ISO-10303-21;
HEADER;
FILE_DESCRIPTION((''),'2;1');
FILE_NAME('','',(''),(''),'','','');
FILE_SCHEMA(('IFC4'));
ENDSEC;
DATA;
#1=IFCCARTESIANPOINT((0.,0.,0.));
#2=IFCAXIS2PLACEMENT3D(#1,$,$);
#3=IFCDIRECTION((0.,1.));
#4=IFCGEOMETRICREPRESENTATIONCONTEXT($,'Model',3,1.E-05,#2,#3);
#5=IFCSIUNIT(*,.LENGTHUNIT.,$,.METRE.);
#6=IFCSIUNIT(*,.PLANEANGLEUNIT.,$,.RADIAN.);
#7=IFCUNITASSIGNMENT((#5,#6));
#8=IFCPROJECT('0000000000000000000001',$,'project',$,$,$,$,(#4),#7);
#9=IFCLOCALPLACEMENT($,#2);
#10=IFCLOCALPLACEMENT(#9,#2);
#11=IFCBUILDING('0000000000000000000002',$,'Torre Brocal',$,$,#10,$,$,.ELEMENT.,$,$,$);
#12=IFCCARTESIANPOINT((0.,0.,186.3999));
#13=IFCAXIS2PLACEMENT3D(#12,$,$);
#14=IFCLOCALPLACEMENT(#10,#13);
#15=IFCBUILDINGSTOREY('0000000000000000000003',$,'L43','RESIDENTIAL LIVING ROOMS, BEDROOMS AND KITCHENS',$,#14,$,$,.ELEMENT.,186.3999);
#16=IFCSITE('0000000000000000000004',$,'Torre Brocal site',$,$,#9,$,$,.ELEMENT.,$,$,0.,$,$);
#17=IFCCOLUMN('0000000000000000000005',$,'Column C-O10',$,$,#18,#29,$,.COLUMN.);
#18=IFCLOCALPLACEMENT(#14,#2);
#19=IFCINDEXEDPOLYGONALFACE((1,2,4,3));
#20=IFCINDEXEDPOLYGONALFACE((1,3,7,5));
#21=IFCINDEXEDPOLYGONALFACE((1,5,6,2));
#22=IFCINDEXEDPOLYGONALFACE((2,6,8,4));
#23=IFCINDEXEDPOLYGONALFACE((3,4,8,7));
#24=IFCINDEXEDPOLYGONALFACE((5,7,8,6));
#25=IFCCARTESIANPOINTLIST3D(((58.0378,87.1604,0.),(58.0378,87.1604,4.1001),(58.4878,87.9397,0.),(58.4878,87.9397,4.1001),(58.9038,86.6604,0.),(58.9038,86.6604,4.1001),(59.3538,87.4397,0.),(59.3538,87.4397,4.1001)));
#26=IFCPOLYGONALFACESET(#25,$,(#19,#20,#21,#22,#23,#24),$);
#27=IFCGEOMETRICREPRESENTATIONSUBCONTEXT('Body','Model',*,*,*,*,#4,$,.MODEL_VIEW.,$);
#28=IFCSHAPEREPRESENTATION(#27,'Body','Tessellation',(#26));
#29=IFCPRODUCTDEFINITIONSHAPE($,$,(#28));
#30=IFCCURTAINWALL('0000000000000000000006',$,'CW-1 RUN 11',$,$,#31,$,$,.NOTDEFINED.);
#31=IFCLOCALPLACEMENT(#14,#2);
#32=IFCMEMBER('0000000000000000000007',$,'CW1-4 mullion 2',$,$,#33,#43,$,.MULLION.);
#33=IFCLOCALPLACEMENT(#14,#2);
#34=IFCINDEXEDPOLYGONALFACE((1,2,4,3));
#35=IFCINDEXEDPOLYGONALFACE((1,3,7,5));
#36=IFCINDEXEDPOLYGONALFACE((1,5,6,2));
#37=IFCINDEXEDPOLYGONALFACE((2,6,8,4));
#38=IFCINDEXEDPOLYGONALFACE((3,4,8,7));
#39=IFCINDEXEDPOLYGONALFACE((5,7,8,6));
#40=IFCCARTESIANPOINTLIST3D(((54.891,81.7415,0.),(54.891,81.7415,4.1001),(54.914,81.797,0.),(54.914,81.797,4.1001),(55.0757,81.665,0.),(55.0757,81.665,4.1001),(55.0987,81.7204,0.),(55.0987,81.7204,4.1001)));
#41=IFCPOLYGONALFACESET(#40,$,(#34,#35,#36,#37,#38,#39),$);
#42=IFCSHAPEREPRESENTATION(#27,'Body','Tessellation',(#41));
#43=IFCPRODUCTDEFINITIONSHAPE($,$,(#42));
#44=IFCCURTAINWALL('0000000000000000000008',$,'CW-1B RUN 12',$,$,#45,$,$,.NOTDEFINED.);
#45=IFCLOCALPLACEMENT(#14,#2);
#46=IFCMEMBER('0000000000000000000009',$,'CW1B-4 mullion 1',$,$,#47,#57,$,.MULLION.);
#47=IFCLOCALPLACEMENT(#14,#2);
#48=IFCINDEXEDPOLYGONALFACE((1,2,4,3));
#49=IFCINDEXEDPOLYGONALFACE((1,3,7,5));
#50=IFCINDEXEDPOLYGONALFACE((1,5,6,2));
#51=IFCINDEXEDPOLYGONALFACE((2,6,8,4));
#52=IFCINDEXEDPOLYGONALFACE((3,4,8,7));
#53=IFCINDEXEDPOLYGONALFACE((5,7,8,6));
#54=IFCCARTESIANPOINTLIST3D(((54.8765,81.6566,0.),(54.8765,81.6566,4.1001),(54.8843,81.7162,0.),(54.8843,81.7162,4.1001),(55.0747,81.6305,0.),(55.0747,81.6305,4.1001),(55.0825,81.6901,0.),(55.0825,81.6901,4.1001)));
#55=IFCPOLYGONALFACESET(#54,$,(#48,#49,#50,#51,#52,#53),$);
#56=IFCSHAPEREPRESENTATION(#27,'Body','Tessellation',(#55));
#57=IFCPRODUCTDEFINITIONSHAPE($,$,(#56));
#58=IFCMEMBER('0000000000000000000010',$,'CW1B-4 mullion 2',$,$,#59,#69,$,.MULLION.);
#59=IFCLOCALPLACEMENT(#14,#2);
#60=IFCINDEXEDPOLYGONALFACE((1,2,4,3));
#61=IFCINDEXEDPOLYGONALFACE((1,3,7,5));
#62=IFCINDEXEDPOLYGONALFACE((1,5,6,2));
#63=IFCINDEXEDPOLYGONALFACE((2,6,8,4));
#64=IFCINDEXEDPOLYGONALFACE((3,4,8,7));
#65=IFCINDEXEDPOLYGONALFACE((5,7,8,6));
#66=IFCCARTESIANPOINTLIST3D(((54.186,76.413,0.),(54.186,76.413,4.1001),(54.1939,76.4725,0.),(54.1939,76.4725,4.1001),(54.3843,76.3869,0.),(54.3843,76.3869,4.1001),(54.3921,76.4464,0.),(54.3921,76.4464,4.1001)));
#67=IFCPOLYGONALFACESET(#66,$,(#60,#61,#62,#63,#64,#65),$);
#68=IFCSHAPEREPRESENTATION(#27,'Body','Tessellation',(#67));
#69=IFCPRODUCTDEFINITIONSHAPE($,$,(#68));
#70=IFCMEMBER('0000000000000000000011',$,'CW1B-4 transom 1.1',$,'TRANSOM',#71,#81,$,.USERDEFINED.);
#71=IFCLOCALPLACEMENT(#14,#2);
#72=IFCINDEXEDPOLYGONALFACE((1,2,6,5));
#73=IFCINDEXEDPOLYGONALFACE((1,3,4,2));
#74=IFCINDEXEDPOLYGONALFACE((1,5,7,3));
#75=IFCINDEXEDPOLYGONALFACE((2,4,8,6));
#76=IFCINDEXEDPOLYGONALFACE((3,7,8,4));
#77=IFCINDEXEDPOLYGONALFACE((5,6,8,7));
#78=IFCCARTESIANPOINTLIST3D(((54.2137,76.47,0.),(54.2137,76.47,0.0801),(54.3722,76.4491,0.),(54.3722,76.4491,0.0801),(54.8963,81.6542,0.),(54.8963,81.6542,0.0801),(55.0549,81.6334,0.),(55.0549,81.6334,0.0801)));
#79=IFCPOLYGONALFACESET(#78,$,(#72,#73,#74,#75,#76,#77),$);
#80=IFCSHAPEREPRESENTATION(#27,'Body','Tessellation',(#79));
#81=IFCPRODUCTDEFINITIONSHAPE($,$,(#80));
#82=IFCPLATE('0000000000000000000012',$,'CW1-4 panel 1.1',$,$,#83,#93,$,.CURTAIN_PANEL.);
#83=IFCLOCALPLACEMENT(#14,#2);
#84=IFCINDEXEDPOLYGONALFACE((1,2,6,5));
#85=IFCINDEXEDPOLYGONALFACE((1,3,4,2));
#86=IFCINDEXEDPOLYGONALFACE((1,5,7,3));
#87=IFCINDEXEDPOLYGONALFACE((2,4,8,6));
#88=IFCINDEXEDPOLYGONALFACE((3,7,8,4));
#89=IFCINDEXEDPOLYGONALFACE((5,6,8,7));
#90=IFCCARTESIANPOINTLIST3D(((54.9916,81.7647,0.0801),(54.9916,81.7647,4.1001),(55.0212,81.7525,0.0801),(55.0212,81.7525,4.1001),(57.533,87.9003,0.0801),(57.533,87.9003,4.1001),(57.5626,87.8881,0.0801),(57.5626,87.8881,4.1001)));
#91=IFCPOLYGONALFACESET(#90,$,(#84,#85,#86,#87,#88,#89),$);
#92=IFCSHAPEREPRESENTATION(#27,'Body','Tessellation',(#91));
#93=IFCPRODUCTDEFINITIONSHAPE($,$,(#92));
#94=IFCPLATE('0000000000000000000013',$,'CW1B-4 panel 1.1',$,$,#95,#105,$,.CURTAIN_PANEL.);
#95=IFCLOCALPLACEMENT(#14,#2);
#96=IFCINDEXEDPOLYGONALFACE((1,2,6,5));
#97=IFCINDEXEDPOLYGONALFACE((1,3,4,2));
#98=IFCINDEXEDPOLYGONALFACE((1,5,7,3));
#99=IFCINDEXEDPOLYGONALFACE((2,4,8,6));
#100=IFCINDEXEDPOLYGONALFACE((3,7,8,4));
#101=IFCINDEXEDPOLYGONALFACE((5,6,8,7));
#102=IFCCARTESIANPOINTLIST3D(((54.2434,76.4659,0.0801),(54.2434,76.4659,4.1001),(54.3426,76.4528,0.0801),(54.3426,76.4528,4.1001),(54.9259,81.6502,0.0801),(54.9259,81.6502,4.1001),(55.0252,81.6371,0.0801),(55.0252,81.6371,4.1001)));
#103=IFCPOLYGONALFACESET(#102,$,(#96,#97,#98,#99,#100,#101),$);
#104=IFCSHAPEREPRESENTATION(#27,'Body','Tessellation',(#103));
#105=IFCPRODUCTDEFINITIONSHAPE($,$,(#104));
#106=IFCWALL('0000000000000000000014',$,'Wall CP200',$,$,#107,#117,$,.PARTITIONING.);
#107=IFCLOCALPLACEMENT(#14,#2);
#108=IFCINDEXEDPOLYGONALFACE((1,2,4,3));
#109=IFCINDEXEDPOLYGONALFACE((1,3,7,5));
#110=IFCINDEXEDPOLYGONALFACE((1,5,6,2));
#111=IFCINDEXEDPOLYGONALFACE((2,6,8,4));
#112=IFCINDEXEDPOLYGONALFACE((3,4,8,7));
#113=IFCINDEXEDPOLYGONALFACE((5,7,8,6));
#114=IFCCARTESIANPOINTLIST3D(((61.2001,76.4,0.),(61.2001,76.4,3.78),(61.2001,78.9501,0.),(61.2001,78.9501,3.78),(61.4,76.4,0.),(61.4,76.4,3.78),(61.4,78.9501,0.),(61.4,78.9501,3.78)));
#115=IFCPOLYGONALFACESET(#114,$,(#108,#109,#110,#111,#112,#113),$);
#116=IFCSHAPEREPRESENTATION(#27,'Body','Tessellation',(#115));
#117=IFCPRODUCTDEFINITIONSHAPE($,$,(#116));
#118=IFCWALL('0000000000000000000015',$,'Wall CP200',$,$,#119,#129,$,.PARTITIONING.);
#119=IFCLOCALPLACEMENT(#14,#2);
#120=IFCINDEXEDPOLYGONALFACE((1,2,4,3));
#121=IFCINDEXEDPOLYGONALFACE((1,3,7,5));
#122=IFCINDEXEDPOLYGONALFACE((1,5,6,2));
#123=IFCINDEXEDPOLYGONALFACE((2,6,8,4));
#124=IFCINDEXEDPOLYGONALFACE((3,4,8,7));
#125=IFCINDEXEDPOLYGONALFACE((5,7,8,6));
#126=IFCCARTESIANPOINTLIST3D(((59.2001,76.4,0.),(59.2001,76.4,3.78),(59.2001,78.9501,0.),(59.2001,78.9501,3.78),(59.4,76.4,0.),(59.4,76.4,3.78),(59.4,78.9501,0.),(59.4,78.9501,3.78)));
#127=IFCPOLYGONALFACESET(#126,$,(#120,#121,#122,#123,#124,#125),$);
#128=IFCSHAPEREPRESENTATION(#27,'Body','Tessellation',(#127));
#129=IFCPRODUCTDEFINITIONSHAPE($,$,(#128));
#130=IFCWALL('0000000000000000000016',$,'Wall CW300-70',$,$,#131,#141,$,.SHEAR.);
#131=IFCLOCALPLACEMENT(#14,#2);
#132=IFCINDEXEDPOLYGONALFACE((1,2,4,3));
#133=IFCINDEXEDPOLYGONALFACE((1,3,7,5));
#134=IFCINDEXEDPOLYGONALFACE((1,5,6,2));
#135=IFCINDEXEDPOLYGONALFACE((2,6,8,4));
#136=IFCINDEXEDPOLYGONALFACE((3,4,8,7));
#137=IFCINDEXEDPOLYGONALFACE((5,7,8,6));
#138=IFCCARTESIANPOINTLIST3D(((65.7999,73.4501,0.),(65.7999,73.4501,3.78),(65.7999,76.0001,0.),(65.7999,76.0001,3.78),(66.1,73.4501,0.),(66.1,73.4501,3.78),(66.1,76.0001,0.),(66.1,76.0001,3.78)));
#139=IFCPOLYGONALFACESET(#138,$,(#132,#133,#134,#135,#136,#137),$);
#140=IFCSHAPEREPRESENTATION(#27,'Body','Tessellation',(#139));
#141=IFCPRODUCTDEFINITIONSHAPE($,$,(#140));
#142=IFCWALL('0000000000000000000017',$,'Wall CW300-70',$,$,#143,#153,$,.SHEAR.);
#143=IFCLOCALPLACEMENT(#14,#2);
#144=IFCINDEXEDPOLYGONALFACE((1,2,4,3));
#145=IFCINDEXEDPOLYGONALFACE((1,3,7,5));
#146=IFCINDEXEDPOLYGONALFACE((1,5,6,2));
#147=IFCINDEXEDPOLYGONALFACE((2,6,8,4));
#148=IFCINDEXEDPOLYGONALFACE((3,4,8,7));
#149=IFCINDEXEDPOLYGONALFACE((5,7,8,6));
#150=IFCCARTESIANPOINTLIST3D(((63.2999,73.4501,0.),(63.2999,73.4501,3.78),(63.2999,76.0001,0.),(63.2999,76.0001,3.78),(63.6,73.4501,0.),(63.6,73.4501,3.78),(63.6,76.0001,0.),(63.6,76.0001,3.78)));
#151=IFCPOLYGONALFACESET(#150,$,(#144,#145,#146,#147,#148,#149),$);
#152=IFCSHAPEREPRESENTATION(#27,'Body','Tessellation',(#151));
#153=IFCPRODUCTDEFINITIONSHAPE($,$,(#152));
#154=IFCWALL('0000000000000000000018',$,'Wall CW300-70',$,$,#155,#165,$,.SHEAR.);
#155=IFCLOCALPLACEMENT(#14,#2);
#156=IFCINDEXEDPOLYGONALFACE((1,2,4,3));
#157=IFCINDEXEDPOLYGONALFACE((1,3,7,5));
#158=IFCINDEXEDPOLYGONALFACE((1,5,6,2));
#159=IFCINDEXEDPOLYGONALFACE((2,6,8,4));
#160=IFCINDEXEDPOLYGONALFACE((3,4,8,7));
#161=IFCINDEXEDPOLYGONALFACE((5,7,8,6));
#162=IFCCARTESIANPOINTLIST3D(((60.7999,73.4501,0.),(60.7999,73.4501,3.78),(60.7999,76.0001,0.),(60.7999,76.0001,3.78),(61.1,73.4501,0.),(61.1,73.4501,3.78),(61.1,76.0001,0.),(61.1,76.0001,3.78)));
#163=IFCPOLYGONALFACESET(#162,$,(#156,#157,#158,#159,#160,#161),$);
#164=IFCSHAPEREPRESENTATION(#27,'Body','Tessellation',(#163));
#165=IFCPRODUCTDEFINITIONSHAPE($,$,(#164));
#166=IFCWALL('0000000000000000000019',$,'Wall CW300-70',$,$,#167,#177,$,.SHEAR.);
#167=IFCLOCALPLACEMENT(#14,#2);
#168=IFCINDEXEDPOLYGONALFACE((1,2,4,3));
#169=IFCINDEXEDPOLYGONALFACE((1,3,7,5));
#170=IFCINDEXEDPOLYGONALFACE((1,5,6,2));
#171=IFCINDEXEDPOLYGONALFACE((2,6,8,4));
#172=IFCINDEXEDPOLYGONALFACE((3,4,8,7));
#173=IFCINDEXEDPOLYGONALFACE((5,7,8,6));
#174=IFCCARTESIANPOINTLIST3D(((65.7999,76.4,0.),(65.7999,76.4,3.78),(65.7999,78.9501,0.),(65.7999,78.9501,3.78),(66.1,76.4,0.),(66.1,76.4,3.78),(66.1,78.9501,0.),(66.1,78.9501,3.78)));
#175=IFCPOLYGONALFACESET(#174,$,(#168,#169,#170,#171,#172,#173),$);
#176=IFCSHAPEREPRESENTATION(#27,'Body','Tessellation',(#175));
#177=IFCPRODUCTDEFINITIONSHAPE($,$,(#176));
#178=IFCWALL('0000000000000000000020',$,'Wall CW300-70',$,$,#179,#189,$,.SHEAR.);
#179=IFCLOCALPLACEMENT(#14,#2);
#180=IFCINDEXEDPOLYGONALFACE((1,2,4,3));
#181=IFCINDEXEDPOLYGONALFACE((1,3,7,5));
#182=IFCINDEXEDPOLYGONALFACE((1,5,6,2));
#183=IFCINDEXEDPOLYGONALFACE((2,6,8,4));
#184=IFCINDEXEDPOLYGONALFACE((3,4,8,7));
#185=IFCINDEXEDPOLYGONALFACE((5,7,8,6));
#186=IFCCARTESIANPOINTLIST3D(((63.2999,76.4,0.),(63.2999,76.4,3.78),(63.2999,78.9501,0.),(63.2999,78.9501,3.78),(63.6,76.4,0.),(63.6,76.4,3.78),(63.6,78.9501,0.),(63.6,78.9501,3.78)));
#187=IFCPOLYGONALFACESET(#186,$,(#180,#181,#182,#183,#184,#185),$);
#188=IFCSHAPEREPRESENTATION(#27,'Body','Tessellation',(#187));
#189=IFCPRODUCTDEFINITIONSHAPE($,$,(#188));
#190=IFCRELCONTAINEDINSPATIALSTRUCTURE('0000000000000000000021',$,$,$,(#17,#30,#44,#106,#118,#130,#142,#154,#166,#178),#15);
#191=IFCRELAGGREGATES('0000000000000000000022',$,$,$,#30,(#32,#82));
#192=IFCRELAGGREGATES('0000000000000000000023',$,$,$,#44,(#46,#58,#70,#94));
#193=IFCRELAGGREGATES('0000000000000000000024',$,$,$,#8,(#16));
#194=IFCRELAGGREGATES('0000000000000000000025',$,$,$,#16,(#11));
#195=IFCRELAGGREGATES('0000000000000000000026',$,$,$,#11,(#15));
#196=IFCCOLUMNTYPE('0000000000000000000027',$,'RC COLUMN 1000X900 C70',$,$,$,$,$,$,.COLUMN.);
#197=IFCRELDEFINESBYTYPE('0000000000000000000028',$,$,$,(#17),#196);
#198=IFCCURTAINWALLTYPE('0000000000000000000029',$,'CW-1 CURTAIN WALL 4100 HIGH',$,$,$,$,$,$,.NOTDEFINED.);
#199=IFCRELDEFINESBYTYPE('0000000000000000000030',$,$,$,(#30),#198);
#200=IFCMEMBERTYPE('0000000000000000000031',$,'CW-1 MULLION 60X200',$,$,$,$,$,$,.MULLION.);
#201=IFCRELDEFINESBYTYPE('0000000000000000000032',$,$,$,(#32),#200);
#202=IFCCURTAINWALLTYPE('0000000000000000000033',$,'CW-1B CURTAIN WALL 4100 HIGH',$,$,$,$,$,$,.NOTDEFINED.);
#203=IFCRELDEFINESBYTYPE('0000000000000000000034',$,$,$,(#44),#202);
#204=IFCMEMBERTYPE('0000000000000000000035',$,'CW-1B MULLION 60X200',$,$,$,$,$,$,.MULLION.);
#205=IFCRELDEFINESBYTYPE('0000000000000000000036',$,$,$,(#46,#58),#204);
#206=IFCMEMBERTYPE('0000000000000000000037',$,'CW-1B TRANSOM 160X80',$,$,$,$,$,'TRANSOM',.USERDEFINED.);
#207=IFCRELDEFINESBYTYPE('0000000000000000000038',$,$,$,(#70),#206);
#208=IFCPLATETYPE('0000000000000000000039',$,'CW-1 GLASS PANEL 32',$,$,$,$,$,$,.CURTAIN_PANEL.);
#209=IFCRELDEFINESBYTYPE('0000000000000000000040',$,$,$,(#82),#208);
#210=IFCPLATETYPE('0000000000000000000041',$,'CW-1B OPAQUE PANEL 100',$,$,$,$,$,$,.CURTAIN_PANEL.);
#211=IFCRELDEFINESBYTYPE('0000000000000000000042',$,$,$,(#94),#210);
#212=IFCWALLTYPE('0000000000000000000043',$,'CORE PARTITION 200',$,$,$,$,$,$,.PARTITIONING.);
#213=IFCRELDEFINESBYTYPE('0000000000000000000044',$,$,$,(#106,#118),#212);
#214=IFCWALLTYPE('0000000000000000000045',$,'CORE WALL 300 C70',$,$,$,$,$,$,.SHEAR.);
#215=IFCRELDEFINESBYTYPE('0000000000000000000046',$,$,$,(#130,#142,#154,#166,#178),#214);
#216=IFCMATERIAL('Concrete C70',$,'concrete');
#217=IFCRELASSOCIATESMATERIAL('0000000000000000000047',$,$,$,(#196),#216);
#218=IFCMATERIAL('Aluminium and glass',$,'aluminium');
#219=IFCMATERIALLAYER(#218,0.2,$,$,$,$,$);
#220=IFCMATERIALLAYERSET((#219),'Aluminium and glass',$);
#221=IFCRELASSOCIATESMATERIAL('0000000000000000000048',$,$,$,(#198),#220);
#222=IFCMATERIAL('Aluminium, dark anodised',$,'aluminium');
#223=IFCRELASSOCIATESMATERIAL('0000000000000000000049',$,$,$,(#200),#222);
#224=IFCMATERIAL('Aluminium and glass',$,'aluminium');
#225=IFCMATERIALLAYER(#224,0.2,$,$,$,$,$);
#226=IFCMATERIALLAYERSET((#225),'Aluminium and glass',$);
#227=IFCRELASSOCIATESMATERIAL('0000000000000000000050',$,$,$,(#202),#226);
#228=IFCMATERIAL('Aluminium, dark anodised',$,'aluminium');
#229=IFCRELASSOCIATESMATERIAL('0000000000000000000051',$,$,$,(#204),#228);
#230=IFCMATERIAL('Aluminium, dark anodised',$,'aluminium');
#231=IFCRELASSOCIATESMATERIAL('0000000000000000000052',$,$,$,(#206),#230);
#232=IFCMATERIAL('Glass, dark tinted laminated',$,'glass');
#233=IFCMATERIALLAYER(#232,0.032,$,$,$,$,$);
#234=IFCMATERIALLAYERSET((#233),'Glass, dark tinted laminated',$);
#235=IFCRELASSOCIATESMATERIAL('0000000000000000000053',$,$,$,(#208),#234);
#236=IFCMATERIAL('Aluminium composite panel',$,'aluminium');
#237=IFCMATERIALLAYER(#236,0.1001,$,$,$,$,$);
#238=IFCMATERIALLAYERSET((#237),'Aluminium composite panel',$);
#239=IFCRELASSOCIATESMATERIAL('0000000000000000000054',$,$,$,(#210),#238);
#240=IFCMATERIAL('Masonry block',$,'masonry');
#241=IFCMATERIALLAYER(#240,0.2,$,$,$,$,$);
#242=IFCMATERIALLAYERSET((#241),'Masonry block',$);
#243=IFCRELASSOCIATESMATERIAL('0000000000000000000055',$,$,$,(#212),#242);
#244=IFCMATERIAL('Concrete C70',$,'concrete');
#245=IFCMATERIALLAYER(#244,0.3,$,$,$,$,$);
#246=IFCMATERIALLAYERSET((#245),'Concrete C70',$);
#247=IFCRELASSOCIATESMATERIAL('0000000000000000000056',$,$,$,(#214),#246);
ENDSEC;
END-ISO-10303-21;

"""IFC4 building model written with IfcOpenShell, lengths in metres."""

from ifc_helpers import new_model, si_unit, direction, frame, frame_2d, origin, origin_2d, place, context, subcontext, project, spatial, rectangle, extrude, material, layer, layer_set, material_profile, profile_set, type_object, element, aggregate, save


model = new_model("IFC4")

# Units and contexts
model_context = context("Model", 3, precision=1e-05, world=origin(), true_north=direction((0.0, 1.0)))
body_context = subcontext(model_context, "Body", "Model", "MODEL_VIEW")
ifc_project = project(units=[si_unit("LENGTHUNIT", "METRE"), si_unit("PLANEANGLEUNIT", "RADIAN")], contexts=[model_context])

# Site, building, storey
site_placement = place(None, origin())
site = spatial("IfcSite", under=ifc_project, at=site_placement, Name="Torre Brocal site", CompositionType="ELEMENT", RefElevation=0.0)
building_placement = place(site_placement, origin())
building = spatial("IfcBuilding", under=site, at=building_placement, Name="Torre Brocal", CompositionType="ELEMENT")
storey_placement = place(building_placement, frame((0.0, 0.0, 186.3999)))
storey = spatial("IfcBuildingStorey", under=building, at=storey_placement, Name="L43", Description="RESIDENTIAL LIVING ROOMS, BEDROOMS AND KITCHENS", CompositionType="ELEMENT", Elevation=186.3999)

# Column
ifc_material_1 = material(Name="Concrete C70", Category="concrete")
ifc_material_profile_1 = material_profile(ifc_material_1, rectangle(XDim=1.0, YDim=0.8999, at=origin_2d()), Name="RC 1000X900")
ifc_profile_set_1 = profile_set([ifc_material_profile_1], Name="Concrete C70")
column_type = type_object("IfcColumnType", Name="RC COLUMN 1000X900 C70", PredefinedType="COLUMN", material=ifc_profile_set_1)
column_placement = place(storey_placement, frame((58.6958, 87.3, 0.0), z_axis=(0.0, 0.0, 1.0), x_axis=(-0.866025, 0.5, 0.0)))
element("IfcColumn", 1, at=column_placement, inside=storey, type_object=column_type, Name="Column C-O10", PredefinedType="COLUMN", context=body_context, shape_type="SweptSolid", body=[
    extrude(rectangle(XDim=1.0, YDim=0.8999, at=origin_2d()), origin(), (0.0, 0.0, 1.0), 4.1001),
])

# Curtain wall, member
ifc_material_2 = material(Name="Aluminium and glass", Category="aluminium")
ifc_layer_1 = layer(ifc_material_2, 0.2)
ifc_layer_set_1 = layer_set([ifc_layer_1], Name="Aluminium and glass")
curtain_wall_type_1 = type_object("IfcCurtainWallType", Name="CW-1 CURTAIN WALL 4100 HIGH", PredefinedType="NOTDEFINED", material=ifc_layer_set_1)
curtain_wall_1_placement = place(storey_placement, origin())
curtain_wall_1 = element("IfcCurtainWall", 2, at=curtain_wall_1_placement, inside=storey, type_object=curtain_wall_type_1, Name="CW-1 RUN 11", PredefinedType="NOTDEFINED")
ifc_material_3 = material(Name="Aluminium, dark anodised", Category="aluminium")
ifc_material_profile_2 = material_profile(ifc_material_3, rectangle(XDim=0.2, YDim=0.0601, at=origin_2d()), Name="CW-1 MULLION 60X200")
ifc_profile_set_2 = profile_set([ifc_material_profile_2], Name="Aluminium, dark anodised")
member_type_1 = type_object("IfcMemberType", Name="CW-1 MULLION 60X200", PredefinedType="MULLION", material=ifc_profile_set_2)
member_1_placement = place(storey_placement, frame((54.9949, 81.731, 0.0), z_axis=(0.0, 0.0, 1.0), x_axis=(0.92388, -0.382683, 0.0)))
member_1 = element("IfcMember", 3, at=member_1_placement, type_object=member_type_1, Name="CW1-4 mullion 2", PredefinedType="MULLION", context=body_context, shape_type="SweptSolid", body=[
    extrude(rectangle(XDim=0.2, YDim=0.0601, at=origin_2d()), origin(), (0.0, 0.0, 1.0), 4.1001),
])

# Curtain wall, members
ifc_material_4 = material(Name="Aluminium and glass", Category="aluminium")
ifc_layer_2 = layer(ifc_material_4, 0.2)
ifc_layer_set_2 = layer_set([ifc_layer_2], Name="Aluminium and glass")
curtain_wall_type_2 = type_object("IfcCurtainWallType", Name="CW-1B CURTAIN WALL 4100 HIGH", PredefinedType="NOTDEFINED", material=ifc_layer_set_2)
curtain_wall_2_placement = place(storey_placement, origin())
curtain_wall_2 = element("IfcCurtainWall", 4, at=curtain_wall_2_placement, inside=storey, type_object=curtain_wall_type_2, Name="CW-1B RUN 12", PredefinedType="NOTDEFINED")
ifc_material_5 = material(Name="Aluminium, dark anodised", Category="aluminium")
ifc_material_profile_3 = material_profile(ifc_material_5, rectangle(XDim=0.2, YDim=0.0601, at=origin_2d()), Name="CW-1B MULLION 60X200")
ifc_profile_set_3 = profile_set([ifc_material_profile_3], Name="Aluminium, dark anodised")
member_type_2 = type_object("IfcMemberType", Name="CW-1B MULLION 60X200", PredefinedType="MULLION", material=ifc_profile_set_3)
member_2_placement = place(storey_placement, frame((54.9795, 81.6733, 0.0), z_axis=(0.0, 0.0, 1.0), x_axis=(0.991445, -0.130526, 0.0)))
member_2 = element("IfcMember", 5, at=member_2_placement, type_object=member_type_2, Name="CW1B-4 mullion 1", PredefinedType="MULLION", context=body_context, shape_type="SweptSolid", body=[
    extrude(rectangle(XDim=0.2, YDim=0.0601, at=origin_2d()), origin(), (0.0, 0.0, 1.0), 4.1001),
])
member_3_placement = place(storey_placement, frame((54.2891, 76.4297, 0.0), z_axis=(0.0, 0.0, 1.0), x_axis=(0.991445, -0.130526, 0.0)))
member_3 = element("IfcMember", 6, at=member_3_placement, type_object=member_type_2, Name="CW1B-4 mullion 2", PredefinedType="MULLION", context=body_context, shape_type="SweptSolid", body=[
    extrude(rectangle(XDim=0.2, YDim=0.0601, at=origin_2d()), origin(), (0.0, 0.0, 1.0), 4.1001),
])
ifc_material_6 = material(Name="Aluminium, dark anodised", Category="aluminium")
ifc_material_profile_4 = material_profile(ifc_material_6, rectangle(XDim=0.1599, YDim=0.0801, at=origin_2d()), Name="CW-1B TRANSOM 160X80")
ifc_profile_set_4 = profile_set([ifc_material_profile_4], Name="Aluminium, dark anodised")
member_type_3 = type_object("IfcMemberType", Name="CW-1B TRANSOM 160X80", ElementType="TRANSOM", PredefinedType="USERDEFINED", material=ifc_profile_set_4)
member_4_placement = place(storey_placement, frame((54.9756, 81.6438, 0.04), z_axis=(-0.130543, -0.991443, 0.0), x_axis=(0.991443, -0.130543, 0.0)))
member_4 = element("IfcMember", 7, at=member_4_placement, type_object=member_type_3, Name="CW1B-4 transom 1.1", ObjectType="TRANSOM", PredefinedType="USERDEFINED", context=body_context, shape_type="SweptSolid", body=[
    extrude(rectangle(XDim=0.1599, YDim=0.0801, at=origin_2d()), origin(), (0.0, 0.0, 1.0), 5.229),
])

# Plates
ifc_material_7 = material(Name="Glass, dark tinted laminated", Category="glass")
ifc_layer_3 = layer(ifc_material_7, 0.032)
ifc_layer_set_3 = layer_set([ifc_layer_3], Name="Glass, dark tinted laminated")
plate_type_1 = type_object("IfcPlateType", Name="CW-1 GLASS PANEL 32", PredefinedType="CURTAIN_PANEL", material=ifc_layer_set_3)
plate_1_placement = place(storey_placement, frame((56.2771, 84.8264, 0.0801), z_axis=(0.0, 0.0, 1.0), x_axis=(-0.382683, -0.92388, 0.0)))
plate_1 = element("IfcPlate", 8, at=plate_1_placement, type_object=plate_type_1, Name="CW1-4 panel 1.1", PredefinedType="CURTAIN_PANEL", context=body_context, shape_type="SweptSolid", body=[
    extrude(rectangle(XDim=6.6411, YDim=0.032, at=origin_2d()), origin(), (0.0, 0.0, 1.0), 4.02),
])
aggregate(curtain_wall_1, [member_1, plate_1])
ifc_material_8 = material(Name="Aluminium composite panel", Category="aluminium")
ifc_layer_4 = layer(ifc_material_8, 0.1001)
ifc_layer_set_4 = layer_set([ifc_layer_4], Name="Aluminium composite panel")
plate_type_2 = type_object("IfcPlateType", Name="CW-1B OPAQUE PANEL 100", PredefinedType="CURTAIN_PANEL", material=ifc_layer_set_4)
plate_2_placement = place(storey_placement, frame((54.6343, 79.0515, 0.0801), z_axis=(0.0, 0.0, 1.0), x_axis=(-0.130526, -0.991445, 0.0)))
plate_2 = element("IfcPlate", 9, at=plate_2_placement, type_object=plate_type_2, Name="CW1B-4 panel 1.1", PredefinedType="CURTAIN_PANEL", context=body_context, shape_type="SweptSolid", body=[
    extrude(rectangle(XDim=5.229, YDim=0.1001, at=origin_2d()), origin(), (0.0, 0.0, 1.0), 4.02),
])
aggregate(curtain_wall_2, [member_2, member_3, member_4, plate_2])

# Walls
ifc_material_9 = material(Name="Masonry block", Category="masonry")
ifc_layer_5 = layer(ifc_material_9, 0.2)
ifc_layer_set_5 = layer_set([ifc_layer_5], Name="Masonry block")
wall_type_1 = type_object("IfcWallType", Name="CORE PARTITION 200", PredefinedType="PARTITIONING", material=ifc_layer_set_5)
for number, where, z_axis, x_axis, name in (
    (10, (61.3, 78.95, 0.0), (0.0, 0.0, 1.0), (0.0, -1.0, 0.0), "Wall CP200"),
    (11, (59.3, 78.95, 0.0), (0.0, 0.0, 1.0), (0.0, -1.0, 0.0), "Wall CP200"),
):
    element("IfcWall", number, at=place(storey_placement, frame(where, z_axis=z_axis, x_axis=x_axis)), inside=storey, type_object=wall_type_1, Name=name, PredefinedType="PARTITIONING", context=body_context, shape_type="SweptSolid", body=[
        extrude(rectangle(XDim=2.55, YDim=0.2, at=frame_2d((1.2749, 0.0))), origin(), (0.0, 0.0, 1.0), 3.78),
    ])
ifc_material_10 = material(Name="Concrete C70", Category="concrete")
ifc_layer_6 = layer(ifc_material_10, 0.3)
ifc_layer_set_6 = layer_set([ifc_layer_6], Name="Concrete C70")
wall_type_2 = type_object("IfcWallType", Name="CORE WALL 300 C70", PredefinedType="SHEAR", material=ifc_layer_set_6)
for number, where, z_axis, x_axis, name in (
    (12, (65.95, 76.0, 0.0), (0.0, 0.0, 1.0), (0.0, -1.0, 0.0), "Wall CW300-70"),
    (13, (63.45, 76.0, 0.0), (0.0, 0.0, 1.0), (0.0, -1.0, 0.0), "Wall CW300-70"),
    (14, (60.95, 76.0, 0.0), (0.0, 0.0, 1.0), (0.0, -1.0, 0.0), "Wall CW300-70"),
    (15, (65.95, 78.95, 0.0), (0.0, 0.0, 1.0), (0.0, -1.0, 0.0), "Wall CW300-70"),
    (16, (63.45, 78.95, 0.0), (0.0, 0.0, 1.0), (0.0, -1.0, 0.0), "Wall CW300-70"),
):
    element("IfcWall", number, at=place(storey_placement, frame(where, z_axis=z_axis, x_axis=x_axis)), inside=storey, type_object=wall_type_2, Name=name, PredefinedType="SHEAR", context=body_context, shape_type="SweptSolid", body=[
        extrude(rectangle(XDim=2.55, YDim=0.3, at=frame_2d((1.2749, 0.0))), origin(), (0.0, 0.0, 1.0), 3.78),
    ])

save(model, "model.ifc")
